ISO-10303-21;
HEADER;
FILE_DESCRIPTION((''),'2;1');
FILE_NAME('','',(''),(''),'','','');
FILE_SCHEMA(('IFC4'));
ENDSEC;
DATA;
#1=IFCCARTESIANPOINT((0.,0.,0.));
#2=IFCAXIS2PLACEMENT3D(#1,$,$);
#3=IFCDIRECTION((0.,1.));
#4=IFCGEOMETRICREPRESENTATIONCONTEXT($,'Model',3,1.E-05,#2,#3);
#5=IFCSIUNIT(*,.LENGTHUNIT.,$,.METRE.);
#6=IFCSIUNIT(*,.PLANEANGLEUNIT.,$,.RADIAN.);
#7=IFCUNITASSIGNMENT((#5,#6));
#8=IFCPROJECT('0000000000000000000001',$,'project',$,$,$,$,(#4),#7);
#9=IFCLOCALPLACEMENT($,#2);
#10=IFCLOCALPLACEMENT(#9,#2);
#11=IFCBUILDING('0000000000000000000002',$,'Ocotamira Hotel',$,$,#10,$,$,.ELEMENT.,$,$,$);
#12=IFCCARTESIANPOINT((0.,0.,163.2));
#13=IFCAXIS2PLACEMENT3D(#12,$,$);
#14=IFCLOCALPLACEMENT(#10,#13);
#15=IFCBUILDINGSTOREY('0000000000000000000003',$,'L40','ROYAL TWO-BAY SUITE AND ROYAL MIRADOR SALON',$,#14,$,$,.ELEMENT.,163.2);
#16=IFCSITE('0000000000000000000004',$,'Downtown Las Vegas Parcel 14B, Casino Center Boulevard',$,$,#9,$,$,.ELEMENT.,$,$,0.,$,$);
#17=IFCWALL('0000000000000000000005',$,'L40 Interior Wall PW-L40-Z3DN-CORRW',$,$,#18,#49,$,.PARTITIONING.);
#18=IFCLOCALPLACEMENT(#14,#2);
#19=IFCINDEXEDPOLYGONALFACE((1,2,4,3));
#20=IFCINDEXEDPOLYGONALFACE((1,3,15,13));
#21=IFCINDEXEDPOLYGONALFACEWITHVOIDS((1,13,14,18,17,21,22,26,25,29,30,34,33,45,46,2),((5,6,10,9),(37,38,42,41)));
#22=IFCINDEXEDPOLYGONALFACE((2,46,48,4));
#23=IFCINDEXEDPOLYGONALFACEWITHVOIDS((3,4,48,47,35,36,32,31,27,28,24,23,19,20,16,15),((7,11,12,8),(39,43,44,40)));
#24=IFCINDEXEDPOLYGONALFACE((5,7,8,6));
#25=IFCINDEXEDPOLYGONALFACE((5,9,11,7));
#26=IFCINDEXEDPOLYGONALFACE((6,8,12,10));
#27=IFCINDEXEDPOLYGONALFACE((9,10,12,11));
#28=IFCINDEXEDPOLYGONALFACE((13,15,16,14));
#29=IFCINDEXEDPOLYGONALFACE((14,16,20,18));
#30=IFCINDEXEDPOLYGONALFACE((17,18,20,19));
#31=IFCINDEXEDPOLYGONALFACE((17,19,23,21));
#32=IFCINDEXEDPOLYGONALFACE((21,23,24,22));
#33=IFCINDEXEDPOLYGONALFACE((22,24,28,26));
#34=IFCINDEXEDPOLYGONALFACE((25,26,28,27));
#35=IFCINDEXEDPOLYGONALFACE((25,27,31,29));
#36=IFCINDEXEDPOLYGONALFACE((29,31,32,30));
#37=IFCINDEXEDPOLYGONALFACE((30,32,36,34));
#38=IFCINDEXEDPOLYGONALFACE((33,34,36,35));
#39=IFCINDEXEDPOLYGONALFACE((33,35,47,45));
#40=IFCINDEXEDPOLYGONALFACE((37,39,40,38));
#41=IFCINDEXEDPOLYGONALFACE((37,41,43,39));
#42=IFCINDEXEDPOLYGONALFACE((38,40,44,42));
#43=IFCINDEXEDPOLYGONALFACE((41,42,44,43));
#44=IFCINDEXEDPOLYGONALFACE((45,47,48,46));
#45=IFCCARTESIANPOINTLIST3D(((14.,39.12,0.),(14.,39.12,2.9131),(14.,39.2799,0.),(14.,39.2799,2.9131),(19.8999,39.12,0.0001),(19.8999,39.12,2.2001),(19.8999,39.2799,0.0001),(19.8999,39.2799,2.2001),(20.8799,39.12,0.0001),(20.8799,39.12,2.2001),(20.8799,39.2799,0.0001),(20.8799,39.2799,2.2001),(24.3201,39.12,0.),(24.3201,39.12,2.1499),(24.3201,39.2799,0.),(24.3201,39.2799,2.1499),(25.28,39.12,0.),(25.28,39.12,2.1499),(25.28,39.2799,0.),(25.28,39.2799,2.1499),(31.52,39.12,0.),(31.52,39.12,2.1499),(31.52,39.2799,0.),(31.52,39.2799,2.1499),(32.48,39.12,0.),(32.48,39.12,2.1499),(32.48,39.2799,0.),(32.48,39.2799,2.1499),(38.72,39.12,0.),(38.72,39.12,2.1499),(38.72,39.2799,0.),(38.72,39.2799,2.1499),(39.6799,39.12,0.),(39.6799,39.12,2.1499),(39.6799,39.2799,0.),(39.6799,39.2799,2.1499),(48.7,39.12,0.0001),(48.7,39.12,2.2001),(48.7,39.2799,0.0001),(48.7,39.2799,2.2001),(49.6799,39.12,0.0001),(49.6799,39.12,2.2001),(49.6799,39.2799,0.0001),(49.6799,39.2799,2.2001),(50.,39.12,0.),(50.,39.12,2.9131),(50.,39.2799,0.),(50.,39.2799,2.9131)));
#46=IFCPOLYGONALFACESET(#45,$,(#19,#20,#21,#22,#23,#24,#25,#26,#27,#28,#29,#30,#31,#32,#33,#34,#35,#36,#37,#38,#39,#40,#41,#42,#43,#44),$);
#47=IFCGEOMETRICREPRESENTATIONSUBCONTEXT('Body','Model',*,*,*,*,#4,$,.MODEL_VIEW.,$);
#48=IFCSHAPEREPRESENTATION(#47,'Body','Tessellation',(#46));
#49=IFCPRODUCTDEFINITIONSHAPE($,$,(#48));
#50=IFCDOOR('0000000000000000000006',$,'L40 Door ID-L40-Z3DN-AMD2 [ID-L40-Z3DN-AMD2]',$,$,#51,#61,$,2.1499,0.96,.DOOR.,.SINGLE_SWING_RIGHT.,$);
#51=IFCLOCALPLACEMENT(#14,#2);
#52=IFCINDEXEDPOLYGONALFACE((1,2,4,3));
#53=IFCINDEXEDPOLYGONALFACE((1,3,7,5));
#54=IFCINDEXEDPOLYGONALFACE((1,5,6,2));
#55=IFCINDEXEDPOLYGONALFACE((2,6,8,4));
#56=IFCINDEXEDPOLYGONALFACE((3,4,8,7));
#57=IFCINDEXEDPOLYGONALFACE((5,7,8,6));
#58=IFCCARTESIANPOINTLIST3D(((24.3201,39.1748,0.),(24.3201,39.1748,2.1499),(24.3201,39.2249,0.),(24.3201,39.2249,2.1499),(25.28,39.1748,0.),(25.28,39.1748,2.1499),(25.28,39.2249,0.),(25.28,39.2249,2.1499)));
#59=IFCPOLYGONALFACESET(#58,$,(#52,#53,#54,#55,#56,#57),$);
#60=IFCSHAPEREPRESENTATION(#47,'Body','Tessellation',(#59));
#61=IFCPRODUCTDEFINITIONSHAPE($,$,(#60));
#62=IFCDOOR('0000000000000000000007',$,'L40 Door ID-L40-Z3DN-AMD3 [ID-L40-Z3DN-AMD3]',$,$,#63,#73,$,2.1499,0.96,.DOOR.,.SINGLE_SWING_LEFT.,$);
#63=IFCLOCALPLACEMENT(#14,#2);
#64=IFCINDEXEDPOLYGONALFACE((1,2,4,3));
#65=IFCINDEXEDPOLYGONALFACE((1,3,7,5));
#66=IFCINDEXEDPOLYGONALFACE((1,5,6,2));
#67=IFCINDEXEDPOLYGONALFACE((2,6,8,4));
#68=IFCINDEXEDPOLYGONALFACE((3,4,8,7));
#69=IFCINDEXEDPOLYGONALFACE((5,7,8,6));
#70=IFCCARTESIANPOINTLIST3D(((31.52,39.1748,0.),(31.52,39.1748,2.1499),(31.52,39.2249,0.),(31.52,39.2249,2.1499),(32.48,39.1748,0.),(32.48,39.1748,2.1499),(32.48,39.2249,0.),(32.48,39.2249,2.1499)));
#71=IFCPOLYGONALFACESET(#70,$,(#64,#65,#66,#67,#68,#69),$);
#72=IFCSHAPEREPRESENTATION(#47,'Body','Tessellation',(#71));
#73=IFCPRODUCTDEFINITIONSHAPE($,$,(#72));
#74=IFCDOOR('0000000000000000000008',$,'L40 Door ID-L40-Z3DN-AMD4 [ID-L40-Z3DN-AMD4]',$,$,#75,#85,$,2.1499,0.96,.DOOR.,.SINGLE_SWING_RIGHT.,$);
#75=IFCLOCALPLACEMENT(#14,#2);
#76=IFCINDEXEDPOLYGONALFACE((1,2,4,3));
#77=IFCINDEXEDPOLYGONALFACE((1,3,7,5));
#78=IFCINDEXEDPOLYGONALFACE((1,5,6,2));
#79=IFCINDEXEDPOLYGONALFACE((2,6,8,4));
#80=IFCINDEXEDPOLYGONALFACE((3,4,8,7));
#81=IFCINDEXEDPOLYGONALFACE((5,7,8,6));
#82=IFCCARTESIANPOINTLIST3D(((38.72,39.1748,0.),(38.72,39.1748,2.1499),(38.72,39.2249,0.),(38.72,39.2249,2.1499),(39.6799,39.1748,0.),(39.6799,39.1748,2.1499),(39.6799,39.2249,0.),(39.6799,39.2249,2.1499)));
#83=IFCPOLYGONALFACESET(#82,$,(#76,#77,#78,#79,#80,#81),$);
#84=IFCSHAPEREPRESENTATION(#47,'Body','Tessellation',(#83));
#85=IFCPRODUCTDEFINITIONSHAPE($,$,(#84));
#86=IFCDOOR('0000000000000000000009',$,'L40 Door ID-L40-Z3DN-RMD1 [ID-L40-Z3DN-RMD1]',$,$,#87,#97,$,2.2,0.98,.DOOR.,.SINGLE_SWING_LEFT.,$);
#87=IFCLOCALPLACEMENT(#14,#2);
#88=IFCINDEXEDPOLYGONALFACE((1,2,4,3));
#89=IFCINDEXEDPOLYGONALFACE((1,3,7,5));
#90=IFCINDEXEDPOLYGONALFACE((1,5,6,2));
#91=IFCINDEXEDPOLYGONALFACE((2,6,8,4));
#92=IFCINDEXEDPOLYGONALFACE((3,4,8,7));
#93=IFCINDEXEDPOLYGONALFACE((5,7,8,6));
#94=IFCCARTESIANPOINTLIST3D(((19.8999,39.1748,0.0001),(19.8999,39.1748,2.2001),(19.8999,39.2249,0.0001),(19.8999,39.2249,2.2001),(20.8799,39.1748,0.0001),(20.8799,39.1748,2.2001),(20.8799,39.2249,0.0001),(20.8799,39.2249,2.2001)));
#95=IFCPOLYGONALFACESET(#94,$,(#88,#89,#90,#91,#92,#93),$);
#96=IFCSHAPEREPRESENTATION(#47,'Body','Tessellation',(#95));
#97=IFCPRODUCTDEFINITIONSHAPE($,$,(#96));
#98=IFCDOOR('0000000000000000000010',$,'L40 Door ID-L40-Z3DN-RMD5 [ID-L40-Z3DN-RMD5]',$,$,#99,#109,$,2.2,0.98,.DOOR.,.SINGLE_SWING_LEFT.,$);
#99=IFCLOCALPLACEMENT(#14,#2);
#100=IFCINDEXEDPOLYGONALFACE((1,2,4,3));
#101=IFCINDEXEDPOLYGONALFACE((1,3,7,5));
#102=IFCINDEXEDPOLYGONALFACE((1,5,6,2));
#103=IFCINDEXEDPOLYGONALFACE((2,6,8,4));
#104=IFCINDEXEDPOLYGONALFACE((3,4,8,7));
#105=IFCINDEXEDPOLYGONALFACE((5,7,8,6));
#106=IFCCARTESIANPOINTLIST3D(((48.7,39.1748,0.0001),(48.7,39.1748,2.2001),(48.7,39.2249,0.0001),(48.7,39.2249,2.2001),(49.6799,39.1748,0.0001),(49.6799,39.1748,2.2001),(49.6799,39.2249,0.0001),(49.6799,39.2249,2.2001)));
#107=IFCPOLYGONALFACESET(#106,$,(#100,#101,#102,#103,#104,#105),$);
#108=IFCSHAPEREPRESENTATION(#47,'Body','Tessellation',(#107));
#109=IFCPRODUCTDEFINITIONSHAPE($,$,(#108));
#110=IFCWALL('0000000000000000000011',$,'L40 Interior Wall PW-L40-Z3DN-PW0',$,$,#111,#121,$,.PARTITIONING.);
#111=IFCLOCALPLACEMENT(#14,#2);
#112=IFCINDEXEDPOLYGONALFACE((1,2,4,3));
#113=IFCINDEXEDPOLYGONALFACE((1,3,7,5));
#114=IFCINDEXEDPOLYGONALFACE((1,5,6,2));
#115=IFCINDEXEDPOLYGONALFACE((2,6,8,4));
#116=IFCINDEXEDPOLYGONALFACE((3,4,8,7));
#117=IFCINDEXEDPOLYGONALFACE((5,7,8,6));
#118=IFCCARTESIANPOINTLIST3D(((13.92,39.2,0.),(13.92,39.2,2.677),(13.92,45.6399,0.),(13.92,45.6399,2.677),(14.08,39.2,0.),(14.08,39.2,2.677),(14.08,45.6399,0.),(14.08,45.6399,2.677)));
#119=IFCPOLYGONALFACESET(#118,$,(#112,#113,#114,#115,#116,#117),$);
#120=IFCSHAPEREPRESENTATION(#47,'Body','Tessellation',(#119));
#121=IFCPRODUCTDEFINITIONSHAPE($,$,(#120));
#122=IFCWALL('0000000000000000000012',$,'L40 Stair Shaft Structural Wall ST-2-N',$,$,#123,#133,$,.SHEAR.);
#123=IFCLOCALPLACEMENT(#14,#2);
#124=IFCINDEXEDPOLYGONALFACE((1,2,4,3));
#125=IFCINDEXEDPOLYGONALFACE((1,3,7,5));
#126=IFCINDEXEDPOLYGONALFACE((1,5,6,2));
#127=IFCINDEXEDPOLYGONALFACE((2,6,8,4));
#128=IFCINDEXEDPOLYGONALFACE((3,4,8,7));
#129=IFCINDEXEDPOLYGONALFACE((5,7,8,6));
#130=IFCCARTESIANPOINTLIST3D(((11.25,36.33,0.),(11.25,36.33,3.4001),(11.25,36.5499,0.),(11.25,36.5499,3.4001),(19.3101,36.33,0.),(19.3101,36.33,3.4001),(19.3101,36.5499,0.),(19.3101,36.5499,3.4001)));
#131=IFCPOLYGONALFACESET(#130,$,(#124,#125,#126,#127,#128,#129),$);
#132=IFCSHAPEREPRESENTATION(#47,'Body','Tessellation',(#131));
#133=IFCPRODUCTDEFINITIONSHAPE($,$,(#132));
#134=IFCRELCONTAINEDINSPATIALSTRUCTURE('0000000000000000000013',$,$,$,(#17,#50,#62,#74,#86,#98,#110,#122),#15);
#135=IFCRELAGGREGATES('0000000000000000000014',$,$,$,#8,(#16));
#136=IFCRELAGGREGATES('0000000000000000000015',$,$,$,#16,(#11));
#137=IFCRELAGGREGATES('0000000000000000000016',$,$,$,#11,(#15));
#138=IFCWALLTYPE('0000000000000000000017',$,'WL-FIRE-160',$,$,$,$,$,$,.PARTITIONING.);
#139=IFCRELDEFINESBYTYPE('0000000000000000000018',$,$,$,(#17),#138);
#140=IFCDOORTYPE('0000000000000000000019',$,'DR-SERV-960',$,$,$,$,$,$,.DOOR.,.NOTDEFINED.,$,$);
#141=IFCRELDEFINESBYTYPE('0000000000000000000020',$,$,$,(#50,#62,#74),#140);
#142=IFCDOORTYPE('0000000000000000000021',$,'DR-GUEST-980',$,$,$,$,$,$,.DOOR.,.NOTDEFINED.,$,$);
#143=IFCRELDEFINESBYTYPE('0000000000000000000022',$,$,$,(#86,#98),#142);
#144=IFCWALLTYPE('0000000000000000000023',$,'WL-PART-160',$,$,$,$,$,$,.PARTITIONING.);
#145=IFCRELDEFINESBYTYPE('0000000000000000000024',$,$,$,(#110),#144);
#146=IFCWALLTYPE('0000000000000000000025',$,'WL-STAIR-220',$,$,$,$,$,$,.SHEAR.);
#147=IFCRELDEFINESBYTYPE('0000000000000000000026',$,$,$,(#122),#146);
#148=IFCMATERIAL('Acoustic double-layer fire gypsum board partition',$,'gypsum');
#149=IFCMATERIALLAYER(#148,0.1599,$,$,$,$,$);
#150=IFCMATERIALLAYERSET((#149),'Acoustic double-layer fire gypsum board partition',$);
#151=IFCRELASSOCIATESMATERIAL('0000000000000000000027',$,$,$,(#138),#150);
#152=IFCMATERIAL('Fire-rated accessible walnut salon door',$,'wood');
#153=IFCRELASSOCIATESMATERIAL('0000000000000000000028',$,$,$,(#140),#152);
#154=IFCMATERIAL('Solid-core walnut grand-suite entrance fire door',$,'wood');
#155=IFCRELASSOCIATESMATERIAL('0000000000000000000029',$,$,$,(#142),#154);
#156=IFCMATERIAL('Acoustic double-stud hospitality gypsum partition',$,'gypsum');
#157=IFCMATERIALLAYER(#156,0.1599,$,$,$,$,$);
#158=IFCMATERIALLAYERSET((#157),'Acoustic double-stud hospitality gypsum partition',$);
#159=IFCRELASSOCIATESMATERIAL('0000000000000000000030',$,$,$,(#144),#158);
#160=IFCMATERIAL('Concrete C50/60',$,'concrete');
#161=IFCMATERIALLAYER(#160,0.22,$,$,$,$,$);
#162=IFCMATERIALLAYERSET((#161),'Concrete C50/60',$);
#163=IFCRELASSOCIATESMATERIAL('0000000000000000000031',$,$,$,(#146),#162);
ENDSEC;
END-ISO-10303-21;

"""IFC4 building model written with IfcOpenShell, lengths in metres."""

from ifc_helpers import new_model, si_unit, direction, frame, frame_2d, origin, place, context, subcontext, project, spatial, rectangle, extrude, source, transform, mapped, material, layer, layer_set, type_object, element, fill, save


model = new_model("IFC4")

# Units and contexts
model_context = context("Model", 3, precision=1e-05, world=origin(), true_north=direction((0.0, 1.0)))
body_context = subcontext(model_context, "Body", "Model", "MODEL_VIEW")
ifc_project = project(units=[si_unit("LENGTHUNIT", "METRE"), si_unit("PLANEANGLEUNIT", "RADIAN")], contexts=[model_context])

# Site, building, storey
site_placement = place(None, origin())
site = spatial("IfcSite", under=ifc_project, at=site_placement, Name="Downtown Las Vegas Parcel 14B, Casino Center Boulevard", CompositionType="ELEMENT", RefElevation=0.0)
building_placement = place(site_placement, origin())
building = spatial("IfcBuilding", under=site, at=building_placement, Name="Ocotamira Hotel", CompositionType="ELEMENT")
storey_placement = place(building_placement, frame((0.0, 0.0, 163.2)))
storey = spatial("IfcBuildingStorey", under=building, at=storey_placement, Name="L40", Description="ROYAL TWO-BAY SUITE AND ROYAL MIRADOR SALON", CompositionType="ELEMENT", Elevation=163.2)

# Shared definitions
ifc_material_1 = material(Name="Concrete C50/60", Category="concrete")

# Shared definitions
ifc_material_2 = material(Name="Acoustic double-layer fire gypsum board partition", Category="gypsum")
ifc_layer_1 = layer(ifc_material_2, 0.1599)
ifc_layer_set_1 = layer_set([ifc_layer_1], Name="Acoustic double-layer fire gypsum board partition")
wall_type_1 = type_object("IfcWallType", Name="WL-FIRE-160", PredefinedType="PARTITIONING", material=ifc_layer_set_1)
ifc_material_3 = material(Name="Fire-rated accessible walnut salon door", Category="wood")
door_type_1 = type_object("IfcDoorType", Name="DR-SERV-960", OperationType="NOTDEFINED", PredefinedType="DOOR", material=ifc_material_3)
shared_shape_1 = source(origin(), body_context, "Body", "SweptSolid", [
    extrude(rectangle(XDim=0.96, YDim=2.1499, at=frame_2d((0.48, 1.075))), frame((0.0, 0.0249, 0.0), z_axis=(0.0, -1.0, 0.0), x_axis=(1.0, 0.0, 0.0)), (0.0, 0.0, 1.0), 0.05),
])

# Wall, openings, doors
wall_1_placement = place(storey_placement, frame((14.0, 39.2, 0.0), z_axis=(0.0, 0.0, 1.0), x_axis=(1.0, 0.0, 0.0)))
wall_1 = element("IfcWall", 1, at=wall_1_placement, inside=storey, type_object=wall_type_1, Name="L40 Interior Wall PW-L40-Z3DN-CORRW", PredefinedType="PARTITIONING", context=body_context, shape_type="SweptSolid", body=[
    extrude(rectangle(XDim=36.0, YDim=0.1599, at=frame_2d((18.0, 0.0))), origin(), (0.0, 0.0, 1.0), 2.9131),
])
opening_1_placement = place(wall_1_placement, frame((5.8999, 0.0, 0.0)))
opening_1 = element("IfcOpeningElement", 2, at=opening_1_placement, cuts=wall_1, PredefinedType="OPENING", context=body_context, shape_type="SweptSolid", body=[
    extrude(rectangle(XDim=0.98, YDim=2.2, at=frame_2d((0.49, 1.1001))), frame((0.0, 0.0898, 0.0), z_axis=(0.0, -1.0, 0.0), x_axis=(1.0, 0.0, 0.0)), (0.0, 0.0, 1.0), 0.1799),
])
opening_2_placement = place(wall_1_placement, frame((10.3201, 0.0, 0.0)))
opening_2 = element("IfcOpeningElement", 3, at=opening_2_placement, cuts=wall_1, PredefinedType="OPENING", context=body_context, shape_type="SweptSolid", body=[
    extrude(rectangle(XDim=0.96, YDim=2.1499, at=frame_2d((0.48, 1.075))), frame((0.0, 0.0898, 0.0), z_axis=(0.0, -1.0, 0.0), x_axis=(1.0, 0.0, 0.0)), (0.0, 0.0, 1.0), 0.1799),
])
opening_3_placement = place(wall_1_placement, frame((17.52, 0.0, 0.0)))
opening_3 = element("IfcOpeningElement", 4, at=opening_3_placement, cuts=wall_1, PredefinedType="OPENING", context=body_context, shape_type="SweptSolid", body=[
    extrude(rectangle(XDim=0.96, YDim=2.1499, at=frame_2d((0.48, 1.075))), frame((0.0, 0.0898, 0.0), z_axis=(0.0, -1.0, 0.0), x_axis=(1.0, 0.0, 0.0)), (0.0, 0.0, 1.0), 0.1799),
])
opening_4_placement = place(wall_1_placement, frame((24.72, 0.0, 0.0)))
opening_4 = element("IfcOpeningElement", 5, at=opening_4_placement, cuts=wall_1, PredefinedType="OPENING", context=body_context, shape_type="SweptSolid", body=[
    extrude(rectangle(XDim=0.96, YDim=2.1499, at=frame_2d((0.48, 1.075))), frame((0.0, 0.0898, 0.0), z_axis=(0.0, -1.0, 0.0), x_axis=(1.0, 0.0, 0.0)), (0.0, 0.0, 1.0), 0.1799),
])
opening_5_placement = place(wall_1_placement, frame((34.7, 0.0, 0.0)))
opening_5 = element("IfcOpeningElement", 6, at=opening_5_placement, cuts=wall_1, PredefinedType="OPENING", context=body_context, shape_type="SweptSolid", body=[
    extrude(rectangle(XDim=0.98, YDim=2.2, at=frame_2d((0.49, 1.1001))), frame((0.0, 0.0898, 0.0), z_axis=(0.0, -1.0, 0.0), x_axis=(1.0, 0.0, 0.0)), (0.0, 0.0, 1.0), 0.1799),
])
door_1_placement = place(opening_2_placement, origin())
door_1 = element("IfcDoor", 7, at=door_1_placement, inside=storey, type_object=door_type_1, Name="L40 Door ID-L40-Z3DN-AMD2 [ID-L40-Z3DN-AMD2]", OperationType="SINGLE_SWING_RIGHT", OverallHeight=2.1499, OverallWidth=0.96, PredefinedType="DOOR", context=body_context, shape_type="MappedRepresentation", body=[
    mapped(shared_shape_1, transform((0.0, 0.0, 0.0), scale=1.0)),
])
fill(opening_2, door_1)
door_2_placement = place(opening_3_placement, origin())
door_2 = element("IfcDoor", 8, at=door_2_placement, inside=storey, type_object=door_type_1, Name="L40 Door ID-L40-Z3DN-AMD3 [ID-L40-Z3DN-AMD3]", OperationType="SINGLE_SWING_LEFT", OverallHeight=2.1499, OverallWidth=0.96, PredefinedType="DOOR", context=body_context, shape_type="MappedRepresentation", body=[
    mapped(shared_shape_1, transform((0.0, 0.0, 0.0), scale=1.0)),
])
fill(opening_3, door_2)
door_3_placement = place(opening_4_placement, origin())
door_3 = element("IfcDoor", 9, at=door_3_placement, inside=storey, type_object=door_type_1, Name="L40 Door ID-L40-Z3DN-AMD4 [ID-L40-Z3DN-AMD4]", OperationType="SINGLE_SWING_RIGHT", OverallHeight=2.1499, OverallWidth=0.96, PredefinedType="DOOR", context=body_context, shape_type="MappedRepresentation", body=[
    mapped(shared_shape_1, transform((0.0, 0.0, 0.0), scale=1.0)),
])
fill(opening_4, door_3)
ifc_material_4 = material(Name="Solid-core walnut grand-suite entrance fire door", Category="wood")
door_type_2 = type_object("IfcDoorType", Name="DR-GUEST-980", OperationType="NOTDEFINED", PredefinedType="DOOR", material=ifc_material_4)
shared_shape_2 = source(origin(), body_context, "Body", "SweptSolid", [
    extrude(rectangle(XDim=0.98, YDim=2.2, at=frame_2d((0.49, 1.1001))), frame((0.0, 0.0249, 0.0), z_axis=(0.0, -1.0, 0.0), x_axis=(1.0, 0.0, 0.0)), (0.0, 0.0, 1.0), 0.05),
])
door_4_placement = place(opening_1_placement, origin())
door_4 = element("IfcDoor", 10, at=door_4_placement, inside=storey, type_object=door_type_2, Name="L40 Door ID-L40-Z3DN-RMD1 [ID-L40-Z3DN-RMD1]", OperationType="SINGLE_SWING_LEFT", OverallHeight=2.2, OverallWidth=0.98, PredefinedType="DOOR", context=body_context, shape_type="MappedRepresentation", body=[
    mapped(shared_shape_2, transform((0.0, 0.0, 0.0), scale=1.0)),
])
fill(opening_1, door_4)
door_5_placement = place(opening_5_placement, origin())
door_5 = element("IfcDoor", 11, at=door_5_placement, inside=storey, type_object=door_type_2, Name="L40 Door ID-L40-Z3DN-RMD5 [ID-L40-Z3DN-RMD5]", OperationType="SINGLE_SWING_LEFT", OverallHeight=2.2, OverallWidth=0.98, PredefinedType="DOOR", context=body_context, shape_type="MappedRepresentation", body=[
    mapped(shared_shape_2, transform((0.0, 0.0, 0.0), scale=1.0)),
])
fill(opening_5, door_5)

# Walls
ifc_material_5 = material(Name="Acoustic double-stud hospitality gypsum partition", Category="gypsum")
ifc_layer_2 = layer(ifc_material_5, 0.1599)
ifc_layer_set_2 = layer_set([ifc_layer_2], Name="Acoustic double-stud hospitality gypsum partition")
wall_type_2 = type_object("IfcWallType", Name="WL-PART-160", PredefinedType="PARTITIONING", material=ifc_layer_set_2)
wall_2_placement = place(storey_placement, frame((14.0, 39.2, 0.0), z_axis=(0.0, 0.0, 1.0), x_axis=(0.0, 1.0, 0.0)))
element("IfcWall", 12, at=wall_2_placement, inside=storey, type_object=wall_type_2, Name="L40 Interior Wall PW-L40-Z3DN-PW0", PredefinedType="PARTITIONING", context=body_context, shape_type="SweptSolid", body=[
    extrude(rectangle(XDim=6.4399, YDim=0.1599, at=frame_2d((3.22, 0.0))), origin(), (0.0, 0.0, 1.0), 2.677),
])
ifc_layer_3 = layer(ifc_material_1, 0.22)
ifc_layer_set_3 = layer_set([ifc_layer_3], Name="Concrete C50/60")
wall_type_3 = type_object("IfcWallType", Name="WL-STAIR-220", PredefinedType="SHEAR", material=ifc_layer_set_3)
wall_3_placement = place(storey_placement, frame((11.25, 36.4399, 0.0), z_axis=(0.0, 0.0, 1.0), x_axis=(1.0, 0.0, 0.0)))
element("IfcWall", 13, at=wall_3_placement, inside=storey, type_object=wall_type_3, Name="L40 Stair Shaft Structural Wall ST-2-N", PredefinedType="SHEAR", context=body_context, shape_type="SweptSolid", body=[
    extrude(rectangle(XDim=8.0601, YDim=0.22, at=frame_2d((4.03, 0.0))), origin(), (0.0, 0.0, 1.0), 3.4001),
])

save(model, "model.ifc")
